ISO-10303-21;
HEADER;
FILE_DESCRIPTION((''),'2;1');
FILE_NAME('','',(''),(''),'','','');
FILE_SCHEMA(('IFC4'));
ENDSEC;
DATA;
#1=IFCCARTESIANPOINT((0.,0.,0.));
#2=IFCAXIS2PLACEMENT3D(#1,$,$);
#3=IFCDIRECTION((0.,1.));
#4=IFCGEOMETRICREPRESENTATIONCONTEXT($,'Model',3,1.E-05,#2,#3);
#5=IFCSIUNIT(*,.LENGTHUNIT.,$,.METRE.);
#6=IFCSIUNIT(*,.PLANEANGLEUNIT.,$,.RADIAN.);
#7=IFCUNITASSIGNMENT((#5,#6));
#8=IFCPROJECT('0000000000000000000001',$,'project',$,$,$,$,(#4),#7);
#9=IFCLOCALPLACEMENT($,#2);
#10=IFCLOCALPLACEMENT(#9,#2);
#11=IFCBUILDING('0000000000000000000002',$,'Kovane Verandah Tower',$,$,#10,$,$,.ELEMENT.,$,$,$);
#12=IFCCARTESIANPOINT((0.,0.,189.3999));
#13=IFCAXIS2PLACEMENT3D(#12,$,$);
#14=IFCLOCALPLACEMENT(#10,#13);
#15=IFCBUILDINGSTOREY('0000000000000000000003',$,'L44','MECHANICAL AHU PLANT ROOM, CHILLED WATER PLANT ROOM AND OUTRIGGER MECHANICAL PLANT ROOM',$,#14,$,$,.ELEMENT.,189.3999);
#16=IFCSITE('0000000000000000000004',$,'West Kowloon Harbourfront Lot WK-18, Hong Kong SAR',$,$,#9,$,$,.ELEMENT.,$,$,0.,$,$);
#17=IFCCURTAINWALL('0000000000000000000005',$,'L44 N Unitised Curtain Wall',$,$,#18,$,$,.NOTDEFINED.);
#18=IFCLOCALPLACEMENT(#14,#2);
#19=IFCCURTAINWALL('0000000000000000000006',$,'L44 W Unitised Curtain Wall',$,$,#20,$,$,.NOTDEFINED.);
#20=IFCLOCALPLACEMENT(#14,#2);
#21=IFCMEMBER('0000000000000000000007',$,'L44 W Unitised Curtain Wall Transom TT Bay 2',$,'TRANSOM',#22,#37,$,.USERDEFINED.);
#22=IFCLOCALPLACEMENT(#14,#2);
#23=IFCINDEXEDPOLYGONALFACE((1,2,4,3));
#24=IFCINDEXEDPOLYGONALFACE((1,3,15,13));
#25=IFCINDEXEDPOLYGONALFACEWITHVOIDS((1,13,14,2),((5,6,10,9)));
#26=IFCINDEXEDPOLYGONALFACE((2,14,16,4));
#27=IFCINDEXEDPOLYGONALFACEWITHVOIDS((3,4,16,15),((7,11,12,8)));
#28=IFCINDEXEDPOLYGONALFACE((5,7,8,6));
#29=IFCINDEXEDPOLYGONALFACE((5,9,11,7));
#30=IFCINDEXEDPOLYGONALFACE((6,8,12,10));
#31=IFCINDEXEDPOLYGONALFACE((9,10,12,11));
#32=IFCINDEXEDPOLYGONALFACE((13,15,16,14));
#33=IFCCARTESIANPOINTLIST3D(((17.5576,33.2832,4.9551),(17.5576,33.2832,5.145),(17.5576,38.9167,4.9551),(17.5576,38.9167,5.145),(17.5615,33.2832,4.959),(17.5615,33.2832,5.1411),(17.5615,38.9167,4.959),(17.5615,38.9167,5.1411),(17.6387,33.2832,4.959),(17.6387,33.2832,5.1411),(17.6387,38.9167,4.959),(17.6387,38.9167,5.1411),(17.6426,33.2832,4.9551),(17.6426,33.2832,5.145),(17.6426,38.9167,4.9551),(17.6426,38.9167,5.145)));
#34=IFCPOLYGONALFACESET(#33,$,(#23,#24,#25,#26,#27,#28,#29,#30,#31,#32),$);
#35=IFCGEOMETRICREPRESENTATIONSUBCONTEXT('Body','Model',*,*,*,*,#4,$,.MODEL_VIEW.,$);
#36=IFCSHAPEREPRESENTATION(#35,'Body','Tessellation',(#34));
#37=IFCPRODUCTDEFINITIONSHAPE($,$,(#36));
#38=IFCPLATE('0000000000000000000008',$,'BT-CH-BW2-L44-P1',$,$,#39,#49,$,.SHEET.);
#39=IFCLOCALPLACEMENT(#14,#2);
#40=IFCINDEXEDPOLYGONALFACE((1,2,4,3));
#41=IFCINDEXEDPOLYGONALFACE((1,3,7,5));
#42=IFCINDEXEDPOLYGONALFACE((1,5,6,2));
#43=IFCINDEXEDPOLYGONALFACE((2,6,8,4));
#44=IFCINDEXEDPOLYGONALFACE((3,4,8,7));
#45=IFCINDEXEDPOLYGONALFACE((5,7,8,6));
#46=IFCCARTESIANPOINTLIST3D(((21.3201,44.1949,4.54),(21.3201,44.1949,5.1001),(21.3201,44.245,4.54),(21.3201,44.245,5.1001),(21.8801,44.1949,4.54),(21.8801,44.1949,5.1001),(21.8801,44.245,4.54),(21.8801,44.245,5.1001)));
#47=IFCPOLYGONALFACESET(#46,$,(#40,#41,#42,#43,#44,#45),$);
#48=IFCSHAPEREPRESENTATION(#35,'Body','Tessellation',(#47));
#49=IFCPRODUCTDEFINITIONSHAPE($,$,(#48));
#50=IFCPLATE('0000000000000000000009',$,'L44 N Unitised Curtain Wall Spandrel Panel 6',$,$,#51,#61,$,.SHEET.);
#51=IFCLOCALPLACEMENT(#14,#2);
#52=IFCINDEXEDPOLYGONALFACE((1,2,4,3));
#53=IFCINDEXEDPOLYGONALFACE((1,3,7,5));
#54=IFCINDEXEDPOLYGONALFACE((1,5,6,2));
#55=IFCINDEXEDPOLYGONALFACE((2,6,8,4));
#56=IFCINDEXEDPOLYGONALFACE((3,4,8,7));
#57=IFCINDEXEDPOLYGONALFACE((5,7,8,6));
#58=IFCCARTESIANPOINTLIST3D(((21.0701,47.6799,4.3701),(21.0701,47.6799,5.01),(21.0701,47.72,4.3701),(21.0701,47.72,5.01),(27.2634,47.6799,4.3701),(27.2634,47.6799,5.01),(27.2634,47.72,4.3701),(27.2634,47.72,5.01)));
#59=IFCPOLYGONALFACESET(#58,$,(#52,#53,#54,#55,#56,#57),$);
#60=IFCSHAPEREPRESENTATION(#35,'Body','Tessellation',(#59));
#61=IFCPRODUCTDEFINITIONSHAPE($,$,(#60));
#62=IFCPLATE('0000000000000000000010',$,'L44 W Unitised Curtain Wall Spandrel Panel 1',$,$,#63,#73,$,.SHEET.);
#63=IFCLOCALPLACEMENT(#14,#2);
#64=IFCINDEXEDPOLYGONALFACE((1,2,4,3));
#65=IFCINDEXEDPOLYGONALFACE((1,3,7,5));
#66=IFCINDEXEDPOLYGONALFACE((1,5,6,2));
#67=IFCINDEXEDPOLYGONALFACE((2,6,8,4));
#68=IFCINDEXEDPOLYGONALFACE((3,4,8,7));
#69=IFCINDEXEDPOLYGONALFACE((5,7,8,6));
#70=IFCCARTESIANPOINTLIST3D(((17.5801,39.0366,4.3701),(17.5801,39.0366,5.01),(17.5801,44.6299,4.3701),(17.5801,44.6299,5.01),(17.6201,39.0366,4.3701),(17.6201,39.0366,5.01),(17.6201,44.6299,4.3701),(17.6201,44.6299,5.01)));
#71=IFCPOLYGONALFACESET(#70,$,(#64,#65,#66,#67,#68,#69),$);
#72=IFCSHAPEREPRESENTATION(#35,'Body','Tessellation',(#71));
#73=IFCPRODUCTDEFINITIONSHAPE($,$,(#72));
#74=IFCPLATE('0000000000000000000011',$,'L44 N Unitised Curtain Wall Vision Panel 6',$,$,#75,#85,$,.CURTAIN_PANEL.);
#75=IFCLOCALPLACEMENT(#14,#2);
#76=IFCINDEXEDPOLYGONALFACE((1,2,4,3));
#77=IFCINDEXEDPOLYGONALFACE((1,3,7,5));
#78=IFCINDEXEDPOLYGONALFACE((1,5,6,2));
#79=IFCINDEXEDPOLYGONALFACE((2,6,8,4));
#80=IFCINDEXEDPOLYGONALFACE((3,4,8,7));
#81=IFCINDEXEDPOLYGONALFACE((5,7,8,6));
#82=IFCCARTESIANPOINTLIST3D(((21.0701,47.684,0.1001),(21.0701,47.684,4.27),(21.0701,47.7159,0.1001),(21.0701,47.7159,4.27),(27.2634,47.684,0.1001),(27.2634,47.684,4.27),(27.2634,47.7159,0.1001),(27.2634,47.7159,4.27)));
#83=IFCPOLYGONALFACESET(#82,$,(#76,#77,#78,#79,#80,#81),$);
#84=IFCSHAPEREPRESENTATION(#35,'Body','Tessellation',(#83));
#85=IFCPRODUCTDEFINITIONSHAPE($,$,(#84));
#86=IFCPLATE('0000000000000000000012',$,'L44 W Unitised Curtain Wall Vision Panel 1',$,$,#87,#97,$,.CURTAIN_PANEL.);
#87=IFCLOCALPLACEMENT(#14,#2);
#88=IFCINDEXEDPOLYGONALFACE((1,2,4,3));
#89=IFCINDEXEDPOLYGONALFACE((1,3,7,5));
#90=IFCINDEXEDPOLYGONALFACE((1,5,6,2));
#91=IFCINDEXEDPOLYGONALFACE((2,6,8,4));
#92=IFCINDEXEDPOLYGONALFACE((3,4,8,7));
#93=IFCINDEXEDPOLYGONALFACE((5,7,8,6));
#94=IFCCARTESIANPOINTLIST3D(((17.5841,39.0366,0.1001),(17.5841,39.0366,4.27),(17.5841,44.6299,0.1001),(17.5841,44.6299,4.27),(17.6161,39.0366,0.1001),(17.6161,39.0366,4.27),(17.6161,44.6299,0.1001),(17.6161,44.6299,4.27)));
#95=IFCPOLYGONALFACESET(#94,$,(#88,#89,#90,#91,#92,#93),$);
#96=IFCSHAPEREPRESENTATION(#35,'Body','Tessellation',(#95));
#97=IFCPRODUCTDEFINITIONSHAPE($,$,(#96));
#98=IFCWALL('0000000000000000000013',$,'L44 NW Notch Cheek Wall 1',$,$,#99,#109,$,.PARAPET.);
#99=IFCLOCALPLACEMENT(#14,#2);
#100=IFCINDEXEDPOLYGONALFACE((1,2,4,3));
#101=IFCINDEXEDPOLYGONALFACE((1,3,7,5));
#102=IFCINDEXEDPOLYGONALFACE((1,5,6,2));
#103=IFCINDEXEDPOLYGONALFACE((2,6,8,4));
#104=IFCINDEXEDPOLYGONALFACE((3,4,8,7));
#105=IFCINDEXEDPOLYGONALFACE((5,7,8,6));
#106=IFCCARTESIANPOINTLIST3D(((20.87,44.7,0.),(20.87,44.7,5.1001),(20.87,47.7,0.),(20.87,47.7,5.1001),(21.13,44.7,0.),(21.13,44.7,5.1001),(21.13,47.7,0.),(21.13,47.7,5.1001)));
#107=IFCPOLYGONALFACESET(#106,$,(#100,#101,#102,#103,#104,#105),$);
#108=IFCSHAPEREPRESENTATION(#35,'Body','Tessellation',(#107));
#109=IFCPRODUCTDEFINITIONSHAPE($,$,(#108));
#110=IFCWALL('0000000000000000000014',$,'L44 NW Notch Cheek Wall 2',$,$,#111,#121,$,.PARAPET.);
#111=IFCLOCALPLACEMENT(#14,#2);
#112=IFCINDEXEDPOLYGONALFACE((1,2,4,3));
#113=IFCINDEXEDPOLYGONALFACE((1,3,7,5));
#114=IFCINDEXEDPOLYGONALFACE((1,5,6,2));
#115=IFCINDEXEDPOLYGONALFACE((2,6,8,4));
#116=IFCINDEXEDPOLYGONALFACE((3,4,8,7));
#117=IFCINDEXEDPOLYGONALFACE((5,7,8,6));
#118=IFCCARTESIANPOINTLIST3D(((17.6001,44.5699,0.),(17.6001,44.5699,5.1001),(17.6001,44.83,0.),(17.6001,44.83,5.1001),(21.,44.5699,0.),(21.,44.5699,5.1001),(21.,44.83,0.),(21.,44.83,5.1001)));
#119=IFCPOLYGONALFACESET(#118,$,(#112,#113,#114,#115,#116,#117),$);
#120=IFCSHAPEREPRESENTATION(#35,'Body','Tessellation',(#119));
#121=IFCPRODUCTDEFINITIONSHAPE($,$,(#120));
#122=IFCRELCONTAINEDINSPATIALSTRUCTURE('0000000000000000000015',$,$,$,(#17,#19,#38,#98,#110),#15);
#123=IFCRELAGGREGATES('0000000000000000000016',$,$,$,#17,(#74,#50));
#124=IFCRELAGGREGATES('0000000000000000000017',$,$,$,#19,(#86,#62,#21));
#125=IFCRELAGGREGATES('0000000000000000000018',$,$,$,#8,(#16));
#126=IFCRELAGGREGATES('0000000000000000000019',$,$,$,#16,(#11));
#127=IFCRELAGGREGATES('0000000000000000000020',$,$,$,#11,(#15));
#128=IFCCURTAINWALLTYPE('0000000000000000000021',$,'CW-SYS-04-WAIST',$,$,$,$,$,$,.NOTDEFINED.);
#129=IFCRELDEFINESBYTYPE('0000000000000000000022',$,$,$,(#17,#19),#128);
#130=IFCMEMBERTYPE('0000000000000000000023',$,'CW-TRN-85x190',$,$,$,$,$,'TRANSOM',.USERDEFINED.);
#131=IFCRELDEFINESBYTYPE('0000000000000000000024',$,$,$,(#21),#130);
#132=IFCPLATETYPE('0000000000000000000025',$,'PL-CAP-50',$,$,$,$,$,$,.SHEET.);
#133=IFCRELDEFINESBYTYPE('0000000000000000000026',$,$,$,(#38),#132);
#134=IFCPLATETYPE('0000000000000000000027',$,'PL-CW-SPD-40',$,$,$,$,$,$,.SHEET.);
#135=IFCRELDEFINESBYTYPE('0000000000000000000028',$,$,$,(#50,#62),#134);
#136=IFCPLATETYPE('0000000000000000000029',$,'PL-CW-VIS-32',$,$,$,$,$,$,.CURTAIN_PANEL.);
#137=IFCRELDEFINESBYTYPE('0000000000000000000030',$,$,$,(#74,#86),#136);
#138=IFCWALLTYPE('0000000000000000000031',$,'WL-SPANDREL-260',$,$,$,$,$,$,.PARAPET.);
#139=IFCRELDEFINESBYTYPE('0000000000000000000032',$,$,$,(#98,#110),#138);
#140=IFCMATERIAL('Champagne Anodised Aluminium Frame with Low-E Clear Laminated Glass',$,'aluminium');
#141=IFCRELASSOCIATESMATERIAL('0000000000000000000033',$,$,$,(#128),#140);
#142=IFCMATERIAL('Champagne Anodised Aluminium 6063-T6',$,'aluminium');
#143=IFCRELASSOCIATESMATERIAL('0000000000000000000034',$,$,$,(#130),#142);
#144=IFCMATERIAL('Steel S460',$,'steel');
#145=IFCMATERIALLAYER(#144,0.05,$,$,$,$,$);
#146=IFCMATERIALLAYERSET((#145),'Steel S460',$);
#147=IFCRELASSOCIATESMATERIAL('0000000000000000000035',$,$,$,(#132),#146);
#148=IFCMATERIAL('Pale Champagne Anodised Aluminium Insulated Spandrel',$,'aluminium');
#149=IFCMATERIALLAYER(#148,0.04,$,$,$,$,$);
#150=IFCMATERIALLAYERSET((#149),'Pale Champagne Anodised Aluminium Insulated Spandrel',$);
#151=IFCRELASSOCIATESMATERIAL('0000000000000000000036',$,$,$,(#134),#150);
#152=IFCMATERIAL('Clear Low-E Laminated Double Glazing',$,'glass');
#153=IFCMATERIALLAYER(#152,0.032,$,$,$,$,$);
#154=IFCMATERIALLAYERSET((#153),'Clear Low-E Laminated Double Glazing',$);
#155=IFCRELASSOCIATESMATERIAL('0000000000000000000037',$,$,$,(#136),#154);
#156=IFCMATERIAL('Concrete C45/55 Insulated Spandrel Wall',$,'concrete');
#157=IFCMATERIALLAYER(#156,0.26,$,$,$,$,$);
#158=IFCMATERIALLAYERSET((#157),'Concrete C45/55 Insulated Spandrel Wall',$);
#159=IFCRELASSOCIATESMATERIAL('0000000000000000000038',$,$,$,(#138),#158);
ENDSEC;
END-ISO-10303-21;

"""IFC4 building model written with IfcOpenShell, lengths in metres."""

from ifc_helpers import new_model, si_unit, direction, frame, frame_2d, origin, origin_2d, place, context, subcontext, project, spatial, rectangle, hollow_rectangle, extrude, material, layer, layer_set, material_profile, profile_set, type_object, element, aggregate, save


model = new_model("IFC4")

# Units and contexts
model_context = context("Model", 3, precision=1e-05, world=origin(), true_north=direction((0.0, 1.0)))
body_context = subcontext(model_context, "Body", "Model", "MODEL_VIEW")
ifc_project = project(units=[si_unit("LENGTHUNIT", "METRE"), si_unit("PLANEANGLEUNIT", "RADIAN")], contexts=[model_context])

# Site, building, storey
site_placement = place(None, origin())
site = spatial("IfcSite", under=ifc_project, at=site_placement, Name="West Kowloon Harbourfront Lot WK-18, Hong Kong SAR", CompositionType="ELEMENT", RefElevation=0.0)
building_placement = place(site_placement, origin())
building = spatial("IfcBuilding", under=site, at=building_placement, Name="Kovane Verandah Tower", CompositionType="ELEMENT")
storey_placement = place(building_placement, frame((0.0, 0.0, 189.3999)))
storey = spatial("IfcBuildingStorey", under=building, at=storey_placement, Name="L44", Description="MECHANICAL AHU PLANT ROOM, CHILLED WATER PLANT ROOM AND OUTRIGGER MECHANICAL PLANT ROOM", CompositionType="ELEMENT", Elevation=189.3999)

# Shared definitions
ifc_material_1 = material(Name="Steel S460", Category="steel")

# Curtain walls
ifc_material_2 = material(Name="Champagne Anodised Aluminium Frame with Low-E Clear Laminated Glass", Category="aluminium")
curtain_wall_type = type_object("IfcCurtainWallType", Name="CW-SYS-04-WAIST", PredefinedType="NOTDEFINED", material=ifc_material_2)
curtain_wall_1_placement = place(storey_placement, origin())
curtain_wall_1 = element("IfcCurtainWall", 1, at=curtain_wall_1_placement, inside=storey, type_object=curtain_wall_type, Name="L44 N Unitised Curtain Wall", PredefinedType="NOTDEFINED")
ifc_material_3 = material(Name="Champagne Anodised Aluminium 6063-T6", Category="aluminium")
curtain_wall_2_placement = place(storey_placement, origin())
curtain_wall_2 = element("IfcCurtainWall", 2, at=curtain_wall_2_placement, inside=storey, type_object=curtain_wall_type, Name="L44 W Unitised Curtain Wall", PredefinedType="NOTDEFINED")

# Member
ifc_material_profile_1 = material_profile(ifc_material_3, hollow_rectangle(XDim=0.085, YDim=0.1899, WallThickness=0.0039, at=origin_2d()), Name="AL85x190x4")
ifc_profile_set_1 = profile_set([ifc_material_profile_1], Name="Champagne Anodised Aluminium 6063-T6")
member_type_1 = type_object("IfcMemberType", Name="CW-TRN-85x190", ElementType="TRANSOM", PredefinedType="USERDEFINED", material=ifc_profile_set_1)
member_1_placement = place(storey_placement, frame((17.6001, 38.9167, 5.05), z_axis=(0.0, -1.0, 0.0), x_axis=(1.0, 0.0, 0.0)))
member_1 = element("IfcMember", 3, at=member_1_placement, type_object=member_type_1, Name="L44 W Unitised Curtain Wall Transom TT Bay 2", ObjectType="TRANSOM", PredefinedType="USERDEFINED", context=body_context, shape_type="SweptSolid", body=[
    extrude(hollow_rectangle(XDim=0.085, YDim=0.1899, WallThickness=0.0039, at=origin_2d()), origin(), (0.0, 0.0, 1.0), 5.6335),
])

# Plates
ifc_layer_1 = layer(ifc_material_1, 0.05)
ifc_layer_set_1 = layer_set([ifc_layer_1], Name="Steel S460")
plate_type_1 = type_object("IfcPlateType", Name="PL-CAP-50", PredefinedType="SHEET", material=ifc_layer_set_1)
plate_1_placement = place(storey_placement, frame((21.6001, 44.22, 4.54), z_axis=(0.0, 0.0, 1.0), x_axis=(0.0, 1.0, 0.0)))
element("IfcPlate", 4, at=plate_1_placement, inside=storey, type_object=plate_type_1, Name="BT-CH-BW2-L44-P1", PredefinedType="SHEET", context=body_context, shape_type="SweptSolid", body=[
    extrude(rectangle(XDim=0.05, YDim=0.5601, at=origin_2d()), origin(), (0.0, 0.0, 1.0), 0.5601),
])
ifc_material_4 = material(Name="Pale Champagne Anodised Aluminium Insulated Spandrel", Category="aluminium")
ifc_layer_2 = layer(ifc_material_4, 0.04)
ifc_layer_set_2 = layer_set([ifc_layer_2], Name="Pale Champagne Anodised Aluminium Insulated Spandrel")
plate_type_2 = type_object("IfcPlateType", Name="PL-CW-SPD-40", PredefinedType="SHEET", material=ifc_layer_set_2)
plate_2_placement = place(storey_placement, frame((24.1667, 47.7, 4.3701), z_axis=(0.0, 0.0, 1.0), x_axis=(-1.0, 0.0, 0.0)))
plate_2 = element("IfcPlate", 5, at=plate_2_placement, type_object=plate_type_2, Name="L44 N Unitised Curtain Wall Spandrel Panel 6", PredefinedType="SHEET", context=body_context, shape_type="SweptSolid", body=[
    extrude(rectangle(XDim=6.1934, YDim=0.04, at=origin_2d()), origin(), (0.0, 0.0, 1.0), 0.6399),
])
plate_3_placement = place(storey_placement, frame((17.6001, 41.8333, 4.3701), z_axis=(0.0, 0.0, 1.0), x_axis=(0.0, -1.0, 0.0)))
plate_3 = element("IfcPlate", 6, at=plate_3_placement, type_object=plate_type_2, Name="L44 W Unitised Curtain Wall Spandrel Panel 1", PredefinedType="SHEET", context=body_context, shape_type="SweptSolid", body=[
    extrude(rectangle(XDim=5.5933, YDim=0.04, at=origin_2d()), origin(), (0.0, 0.0, 1.0), 0.6399),
])
ifc_material_5 = material(Name="Clear Low-E Laminated Double Glazing", Category="glass")
ifc_layer_3 = layer(ifc_material_5, 0.032)
ifc_layer_set_3 = layer_set([ifc_layer_3], Name="Clear Low-E Laminated Double Glazing")
plate_type_3 = type_object("IfcPlateType", Name="PL-CW-VIS-32", PredefinedType="CURTAIN_PANEL", material=ifc_layer_set_3)
plate_4_placement = place(storey_placement, frame((24.1667, 47.7, 0.1001), z_axis=(0.0, 0.0, 1.0), x_axis=(-1.0, 0.0, 0.0)))
plate_4 = element("IfcPlate", 7, at=plate_4_placement, type_object=plate_type_3, Name="L44 N Unitised Curtain Wall Vision Panel 6", PredefinedType="CURTAIN_PANEL", context=body_context, shape_type="SweptSolid", body=[
    extrude(rectangle(XDim=6.1934, YDim=0.032, at=origin_2d()), origin(), (0.0, 0.0, 1.0), 4.1699),
])
aggregate(curtain_wall_1, [plate_4, plate_2])
plate_5_placement = place(storey_placement, frame((17.6001, 41.8333, 0.1001), z_axis=(0.0, 0.0, 1.0), x_axis=(0.0, -1.0, 0.0)))
plate_5 = element("IfcPlate", 8, at=plate_5_placement, type_object=plate_type_3, Name="L44 W Unitised Curtain Wall Vision Panel 1", PredefinedType="CURTAIN_PANEL", context=body_context, shape_type="SweptSolid", body=[
    extrude(rectangle(XDim=5.5933, YDim=0.032, at=origin_2d()), origin(), (0.0, 0.0, 1.0), 4.1699),
])
aggregate(curtain_wall_2, [plate_5, plate_3, member_1])

# Walls
ifc_material_6 = material(Name="Concrete C45/55 Insulated Spandrel Wall", Category="concrete")
ifc_layer_4 = layer(ifc_material_6, 0.26)
ifc_layer_set_4 = layer_set([ifc_layer_4], Name="Concrete C45/55 Insulated Spandrel Wall")
wall_type = type_object("IfcWallType", Name="WL-SPANDREL-260", PredefinedType="PARAPET", material=ifc_layer_set_4)
wall_1_placement = place(storey_placement, frame((21.0, 47.7, 0.0), z_axis=(0.0, 0.0, 1.0), x_axis=(0.0, -1.0, 0.0)))
element("IfcWall", 9, at=wall_1_placement, inside=storey, type_object=wall_type, Name="L44 NW Notch Cheek Wall 1", PredefinedType="PARAPET", context=body_context, shape_type="SweptSolid", body=[
    extrude(rectangle(XDim=3.0, YDim=0.26, at=frame_2d((1.5, 0.0))), origin(), (0.0, 0.0, 1.0), 5.1001),
])
wall_2_placement = place(storey_placement, frame((21.0, 44.7, 0.0), z_axis=(0.0, 0.0, 1.0), x_axis=(-1.0, 0.0, 0.0)))
element("IfcWall", 10, at=wall_2_placement, inside=storey, type_object=wall_type, Name="L44 NW Notch Cheek Wall 2", PredefinedType="PARAPET", context=body_context, shape_type="SweptSolid", body=[
    extrude(rectangle(XDim=3.3999, YDim=0.26, at=frame_2d((1.7, 0.0))), origin(), (0.0, 0.0, 1.0), 5.1001),
])

save(model, "model.ifc")
